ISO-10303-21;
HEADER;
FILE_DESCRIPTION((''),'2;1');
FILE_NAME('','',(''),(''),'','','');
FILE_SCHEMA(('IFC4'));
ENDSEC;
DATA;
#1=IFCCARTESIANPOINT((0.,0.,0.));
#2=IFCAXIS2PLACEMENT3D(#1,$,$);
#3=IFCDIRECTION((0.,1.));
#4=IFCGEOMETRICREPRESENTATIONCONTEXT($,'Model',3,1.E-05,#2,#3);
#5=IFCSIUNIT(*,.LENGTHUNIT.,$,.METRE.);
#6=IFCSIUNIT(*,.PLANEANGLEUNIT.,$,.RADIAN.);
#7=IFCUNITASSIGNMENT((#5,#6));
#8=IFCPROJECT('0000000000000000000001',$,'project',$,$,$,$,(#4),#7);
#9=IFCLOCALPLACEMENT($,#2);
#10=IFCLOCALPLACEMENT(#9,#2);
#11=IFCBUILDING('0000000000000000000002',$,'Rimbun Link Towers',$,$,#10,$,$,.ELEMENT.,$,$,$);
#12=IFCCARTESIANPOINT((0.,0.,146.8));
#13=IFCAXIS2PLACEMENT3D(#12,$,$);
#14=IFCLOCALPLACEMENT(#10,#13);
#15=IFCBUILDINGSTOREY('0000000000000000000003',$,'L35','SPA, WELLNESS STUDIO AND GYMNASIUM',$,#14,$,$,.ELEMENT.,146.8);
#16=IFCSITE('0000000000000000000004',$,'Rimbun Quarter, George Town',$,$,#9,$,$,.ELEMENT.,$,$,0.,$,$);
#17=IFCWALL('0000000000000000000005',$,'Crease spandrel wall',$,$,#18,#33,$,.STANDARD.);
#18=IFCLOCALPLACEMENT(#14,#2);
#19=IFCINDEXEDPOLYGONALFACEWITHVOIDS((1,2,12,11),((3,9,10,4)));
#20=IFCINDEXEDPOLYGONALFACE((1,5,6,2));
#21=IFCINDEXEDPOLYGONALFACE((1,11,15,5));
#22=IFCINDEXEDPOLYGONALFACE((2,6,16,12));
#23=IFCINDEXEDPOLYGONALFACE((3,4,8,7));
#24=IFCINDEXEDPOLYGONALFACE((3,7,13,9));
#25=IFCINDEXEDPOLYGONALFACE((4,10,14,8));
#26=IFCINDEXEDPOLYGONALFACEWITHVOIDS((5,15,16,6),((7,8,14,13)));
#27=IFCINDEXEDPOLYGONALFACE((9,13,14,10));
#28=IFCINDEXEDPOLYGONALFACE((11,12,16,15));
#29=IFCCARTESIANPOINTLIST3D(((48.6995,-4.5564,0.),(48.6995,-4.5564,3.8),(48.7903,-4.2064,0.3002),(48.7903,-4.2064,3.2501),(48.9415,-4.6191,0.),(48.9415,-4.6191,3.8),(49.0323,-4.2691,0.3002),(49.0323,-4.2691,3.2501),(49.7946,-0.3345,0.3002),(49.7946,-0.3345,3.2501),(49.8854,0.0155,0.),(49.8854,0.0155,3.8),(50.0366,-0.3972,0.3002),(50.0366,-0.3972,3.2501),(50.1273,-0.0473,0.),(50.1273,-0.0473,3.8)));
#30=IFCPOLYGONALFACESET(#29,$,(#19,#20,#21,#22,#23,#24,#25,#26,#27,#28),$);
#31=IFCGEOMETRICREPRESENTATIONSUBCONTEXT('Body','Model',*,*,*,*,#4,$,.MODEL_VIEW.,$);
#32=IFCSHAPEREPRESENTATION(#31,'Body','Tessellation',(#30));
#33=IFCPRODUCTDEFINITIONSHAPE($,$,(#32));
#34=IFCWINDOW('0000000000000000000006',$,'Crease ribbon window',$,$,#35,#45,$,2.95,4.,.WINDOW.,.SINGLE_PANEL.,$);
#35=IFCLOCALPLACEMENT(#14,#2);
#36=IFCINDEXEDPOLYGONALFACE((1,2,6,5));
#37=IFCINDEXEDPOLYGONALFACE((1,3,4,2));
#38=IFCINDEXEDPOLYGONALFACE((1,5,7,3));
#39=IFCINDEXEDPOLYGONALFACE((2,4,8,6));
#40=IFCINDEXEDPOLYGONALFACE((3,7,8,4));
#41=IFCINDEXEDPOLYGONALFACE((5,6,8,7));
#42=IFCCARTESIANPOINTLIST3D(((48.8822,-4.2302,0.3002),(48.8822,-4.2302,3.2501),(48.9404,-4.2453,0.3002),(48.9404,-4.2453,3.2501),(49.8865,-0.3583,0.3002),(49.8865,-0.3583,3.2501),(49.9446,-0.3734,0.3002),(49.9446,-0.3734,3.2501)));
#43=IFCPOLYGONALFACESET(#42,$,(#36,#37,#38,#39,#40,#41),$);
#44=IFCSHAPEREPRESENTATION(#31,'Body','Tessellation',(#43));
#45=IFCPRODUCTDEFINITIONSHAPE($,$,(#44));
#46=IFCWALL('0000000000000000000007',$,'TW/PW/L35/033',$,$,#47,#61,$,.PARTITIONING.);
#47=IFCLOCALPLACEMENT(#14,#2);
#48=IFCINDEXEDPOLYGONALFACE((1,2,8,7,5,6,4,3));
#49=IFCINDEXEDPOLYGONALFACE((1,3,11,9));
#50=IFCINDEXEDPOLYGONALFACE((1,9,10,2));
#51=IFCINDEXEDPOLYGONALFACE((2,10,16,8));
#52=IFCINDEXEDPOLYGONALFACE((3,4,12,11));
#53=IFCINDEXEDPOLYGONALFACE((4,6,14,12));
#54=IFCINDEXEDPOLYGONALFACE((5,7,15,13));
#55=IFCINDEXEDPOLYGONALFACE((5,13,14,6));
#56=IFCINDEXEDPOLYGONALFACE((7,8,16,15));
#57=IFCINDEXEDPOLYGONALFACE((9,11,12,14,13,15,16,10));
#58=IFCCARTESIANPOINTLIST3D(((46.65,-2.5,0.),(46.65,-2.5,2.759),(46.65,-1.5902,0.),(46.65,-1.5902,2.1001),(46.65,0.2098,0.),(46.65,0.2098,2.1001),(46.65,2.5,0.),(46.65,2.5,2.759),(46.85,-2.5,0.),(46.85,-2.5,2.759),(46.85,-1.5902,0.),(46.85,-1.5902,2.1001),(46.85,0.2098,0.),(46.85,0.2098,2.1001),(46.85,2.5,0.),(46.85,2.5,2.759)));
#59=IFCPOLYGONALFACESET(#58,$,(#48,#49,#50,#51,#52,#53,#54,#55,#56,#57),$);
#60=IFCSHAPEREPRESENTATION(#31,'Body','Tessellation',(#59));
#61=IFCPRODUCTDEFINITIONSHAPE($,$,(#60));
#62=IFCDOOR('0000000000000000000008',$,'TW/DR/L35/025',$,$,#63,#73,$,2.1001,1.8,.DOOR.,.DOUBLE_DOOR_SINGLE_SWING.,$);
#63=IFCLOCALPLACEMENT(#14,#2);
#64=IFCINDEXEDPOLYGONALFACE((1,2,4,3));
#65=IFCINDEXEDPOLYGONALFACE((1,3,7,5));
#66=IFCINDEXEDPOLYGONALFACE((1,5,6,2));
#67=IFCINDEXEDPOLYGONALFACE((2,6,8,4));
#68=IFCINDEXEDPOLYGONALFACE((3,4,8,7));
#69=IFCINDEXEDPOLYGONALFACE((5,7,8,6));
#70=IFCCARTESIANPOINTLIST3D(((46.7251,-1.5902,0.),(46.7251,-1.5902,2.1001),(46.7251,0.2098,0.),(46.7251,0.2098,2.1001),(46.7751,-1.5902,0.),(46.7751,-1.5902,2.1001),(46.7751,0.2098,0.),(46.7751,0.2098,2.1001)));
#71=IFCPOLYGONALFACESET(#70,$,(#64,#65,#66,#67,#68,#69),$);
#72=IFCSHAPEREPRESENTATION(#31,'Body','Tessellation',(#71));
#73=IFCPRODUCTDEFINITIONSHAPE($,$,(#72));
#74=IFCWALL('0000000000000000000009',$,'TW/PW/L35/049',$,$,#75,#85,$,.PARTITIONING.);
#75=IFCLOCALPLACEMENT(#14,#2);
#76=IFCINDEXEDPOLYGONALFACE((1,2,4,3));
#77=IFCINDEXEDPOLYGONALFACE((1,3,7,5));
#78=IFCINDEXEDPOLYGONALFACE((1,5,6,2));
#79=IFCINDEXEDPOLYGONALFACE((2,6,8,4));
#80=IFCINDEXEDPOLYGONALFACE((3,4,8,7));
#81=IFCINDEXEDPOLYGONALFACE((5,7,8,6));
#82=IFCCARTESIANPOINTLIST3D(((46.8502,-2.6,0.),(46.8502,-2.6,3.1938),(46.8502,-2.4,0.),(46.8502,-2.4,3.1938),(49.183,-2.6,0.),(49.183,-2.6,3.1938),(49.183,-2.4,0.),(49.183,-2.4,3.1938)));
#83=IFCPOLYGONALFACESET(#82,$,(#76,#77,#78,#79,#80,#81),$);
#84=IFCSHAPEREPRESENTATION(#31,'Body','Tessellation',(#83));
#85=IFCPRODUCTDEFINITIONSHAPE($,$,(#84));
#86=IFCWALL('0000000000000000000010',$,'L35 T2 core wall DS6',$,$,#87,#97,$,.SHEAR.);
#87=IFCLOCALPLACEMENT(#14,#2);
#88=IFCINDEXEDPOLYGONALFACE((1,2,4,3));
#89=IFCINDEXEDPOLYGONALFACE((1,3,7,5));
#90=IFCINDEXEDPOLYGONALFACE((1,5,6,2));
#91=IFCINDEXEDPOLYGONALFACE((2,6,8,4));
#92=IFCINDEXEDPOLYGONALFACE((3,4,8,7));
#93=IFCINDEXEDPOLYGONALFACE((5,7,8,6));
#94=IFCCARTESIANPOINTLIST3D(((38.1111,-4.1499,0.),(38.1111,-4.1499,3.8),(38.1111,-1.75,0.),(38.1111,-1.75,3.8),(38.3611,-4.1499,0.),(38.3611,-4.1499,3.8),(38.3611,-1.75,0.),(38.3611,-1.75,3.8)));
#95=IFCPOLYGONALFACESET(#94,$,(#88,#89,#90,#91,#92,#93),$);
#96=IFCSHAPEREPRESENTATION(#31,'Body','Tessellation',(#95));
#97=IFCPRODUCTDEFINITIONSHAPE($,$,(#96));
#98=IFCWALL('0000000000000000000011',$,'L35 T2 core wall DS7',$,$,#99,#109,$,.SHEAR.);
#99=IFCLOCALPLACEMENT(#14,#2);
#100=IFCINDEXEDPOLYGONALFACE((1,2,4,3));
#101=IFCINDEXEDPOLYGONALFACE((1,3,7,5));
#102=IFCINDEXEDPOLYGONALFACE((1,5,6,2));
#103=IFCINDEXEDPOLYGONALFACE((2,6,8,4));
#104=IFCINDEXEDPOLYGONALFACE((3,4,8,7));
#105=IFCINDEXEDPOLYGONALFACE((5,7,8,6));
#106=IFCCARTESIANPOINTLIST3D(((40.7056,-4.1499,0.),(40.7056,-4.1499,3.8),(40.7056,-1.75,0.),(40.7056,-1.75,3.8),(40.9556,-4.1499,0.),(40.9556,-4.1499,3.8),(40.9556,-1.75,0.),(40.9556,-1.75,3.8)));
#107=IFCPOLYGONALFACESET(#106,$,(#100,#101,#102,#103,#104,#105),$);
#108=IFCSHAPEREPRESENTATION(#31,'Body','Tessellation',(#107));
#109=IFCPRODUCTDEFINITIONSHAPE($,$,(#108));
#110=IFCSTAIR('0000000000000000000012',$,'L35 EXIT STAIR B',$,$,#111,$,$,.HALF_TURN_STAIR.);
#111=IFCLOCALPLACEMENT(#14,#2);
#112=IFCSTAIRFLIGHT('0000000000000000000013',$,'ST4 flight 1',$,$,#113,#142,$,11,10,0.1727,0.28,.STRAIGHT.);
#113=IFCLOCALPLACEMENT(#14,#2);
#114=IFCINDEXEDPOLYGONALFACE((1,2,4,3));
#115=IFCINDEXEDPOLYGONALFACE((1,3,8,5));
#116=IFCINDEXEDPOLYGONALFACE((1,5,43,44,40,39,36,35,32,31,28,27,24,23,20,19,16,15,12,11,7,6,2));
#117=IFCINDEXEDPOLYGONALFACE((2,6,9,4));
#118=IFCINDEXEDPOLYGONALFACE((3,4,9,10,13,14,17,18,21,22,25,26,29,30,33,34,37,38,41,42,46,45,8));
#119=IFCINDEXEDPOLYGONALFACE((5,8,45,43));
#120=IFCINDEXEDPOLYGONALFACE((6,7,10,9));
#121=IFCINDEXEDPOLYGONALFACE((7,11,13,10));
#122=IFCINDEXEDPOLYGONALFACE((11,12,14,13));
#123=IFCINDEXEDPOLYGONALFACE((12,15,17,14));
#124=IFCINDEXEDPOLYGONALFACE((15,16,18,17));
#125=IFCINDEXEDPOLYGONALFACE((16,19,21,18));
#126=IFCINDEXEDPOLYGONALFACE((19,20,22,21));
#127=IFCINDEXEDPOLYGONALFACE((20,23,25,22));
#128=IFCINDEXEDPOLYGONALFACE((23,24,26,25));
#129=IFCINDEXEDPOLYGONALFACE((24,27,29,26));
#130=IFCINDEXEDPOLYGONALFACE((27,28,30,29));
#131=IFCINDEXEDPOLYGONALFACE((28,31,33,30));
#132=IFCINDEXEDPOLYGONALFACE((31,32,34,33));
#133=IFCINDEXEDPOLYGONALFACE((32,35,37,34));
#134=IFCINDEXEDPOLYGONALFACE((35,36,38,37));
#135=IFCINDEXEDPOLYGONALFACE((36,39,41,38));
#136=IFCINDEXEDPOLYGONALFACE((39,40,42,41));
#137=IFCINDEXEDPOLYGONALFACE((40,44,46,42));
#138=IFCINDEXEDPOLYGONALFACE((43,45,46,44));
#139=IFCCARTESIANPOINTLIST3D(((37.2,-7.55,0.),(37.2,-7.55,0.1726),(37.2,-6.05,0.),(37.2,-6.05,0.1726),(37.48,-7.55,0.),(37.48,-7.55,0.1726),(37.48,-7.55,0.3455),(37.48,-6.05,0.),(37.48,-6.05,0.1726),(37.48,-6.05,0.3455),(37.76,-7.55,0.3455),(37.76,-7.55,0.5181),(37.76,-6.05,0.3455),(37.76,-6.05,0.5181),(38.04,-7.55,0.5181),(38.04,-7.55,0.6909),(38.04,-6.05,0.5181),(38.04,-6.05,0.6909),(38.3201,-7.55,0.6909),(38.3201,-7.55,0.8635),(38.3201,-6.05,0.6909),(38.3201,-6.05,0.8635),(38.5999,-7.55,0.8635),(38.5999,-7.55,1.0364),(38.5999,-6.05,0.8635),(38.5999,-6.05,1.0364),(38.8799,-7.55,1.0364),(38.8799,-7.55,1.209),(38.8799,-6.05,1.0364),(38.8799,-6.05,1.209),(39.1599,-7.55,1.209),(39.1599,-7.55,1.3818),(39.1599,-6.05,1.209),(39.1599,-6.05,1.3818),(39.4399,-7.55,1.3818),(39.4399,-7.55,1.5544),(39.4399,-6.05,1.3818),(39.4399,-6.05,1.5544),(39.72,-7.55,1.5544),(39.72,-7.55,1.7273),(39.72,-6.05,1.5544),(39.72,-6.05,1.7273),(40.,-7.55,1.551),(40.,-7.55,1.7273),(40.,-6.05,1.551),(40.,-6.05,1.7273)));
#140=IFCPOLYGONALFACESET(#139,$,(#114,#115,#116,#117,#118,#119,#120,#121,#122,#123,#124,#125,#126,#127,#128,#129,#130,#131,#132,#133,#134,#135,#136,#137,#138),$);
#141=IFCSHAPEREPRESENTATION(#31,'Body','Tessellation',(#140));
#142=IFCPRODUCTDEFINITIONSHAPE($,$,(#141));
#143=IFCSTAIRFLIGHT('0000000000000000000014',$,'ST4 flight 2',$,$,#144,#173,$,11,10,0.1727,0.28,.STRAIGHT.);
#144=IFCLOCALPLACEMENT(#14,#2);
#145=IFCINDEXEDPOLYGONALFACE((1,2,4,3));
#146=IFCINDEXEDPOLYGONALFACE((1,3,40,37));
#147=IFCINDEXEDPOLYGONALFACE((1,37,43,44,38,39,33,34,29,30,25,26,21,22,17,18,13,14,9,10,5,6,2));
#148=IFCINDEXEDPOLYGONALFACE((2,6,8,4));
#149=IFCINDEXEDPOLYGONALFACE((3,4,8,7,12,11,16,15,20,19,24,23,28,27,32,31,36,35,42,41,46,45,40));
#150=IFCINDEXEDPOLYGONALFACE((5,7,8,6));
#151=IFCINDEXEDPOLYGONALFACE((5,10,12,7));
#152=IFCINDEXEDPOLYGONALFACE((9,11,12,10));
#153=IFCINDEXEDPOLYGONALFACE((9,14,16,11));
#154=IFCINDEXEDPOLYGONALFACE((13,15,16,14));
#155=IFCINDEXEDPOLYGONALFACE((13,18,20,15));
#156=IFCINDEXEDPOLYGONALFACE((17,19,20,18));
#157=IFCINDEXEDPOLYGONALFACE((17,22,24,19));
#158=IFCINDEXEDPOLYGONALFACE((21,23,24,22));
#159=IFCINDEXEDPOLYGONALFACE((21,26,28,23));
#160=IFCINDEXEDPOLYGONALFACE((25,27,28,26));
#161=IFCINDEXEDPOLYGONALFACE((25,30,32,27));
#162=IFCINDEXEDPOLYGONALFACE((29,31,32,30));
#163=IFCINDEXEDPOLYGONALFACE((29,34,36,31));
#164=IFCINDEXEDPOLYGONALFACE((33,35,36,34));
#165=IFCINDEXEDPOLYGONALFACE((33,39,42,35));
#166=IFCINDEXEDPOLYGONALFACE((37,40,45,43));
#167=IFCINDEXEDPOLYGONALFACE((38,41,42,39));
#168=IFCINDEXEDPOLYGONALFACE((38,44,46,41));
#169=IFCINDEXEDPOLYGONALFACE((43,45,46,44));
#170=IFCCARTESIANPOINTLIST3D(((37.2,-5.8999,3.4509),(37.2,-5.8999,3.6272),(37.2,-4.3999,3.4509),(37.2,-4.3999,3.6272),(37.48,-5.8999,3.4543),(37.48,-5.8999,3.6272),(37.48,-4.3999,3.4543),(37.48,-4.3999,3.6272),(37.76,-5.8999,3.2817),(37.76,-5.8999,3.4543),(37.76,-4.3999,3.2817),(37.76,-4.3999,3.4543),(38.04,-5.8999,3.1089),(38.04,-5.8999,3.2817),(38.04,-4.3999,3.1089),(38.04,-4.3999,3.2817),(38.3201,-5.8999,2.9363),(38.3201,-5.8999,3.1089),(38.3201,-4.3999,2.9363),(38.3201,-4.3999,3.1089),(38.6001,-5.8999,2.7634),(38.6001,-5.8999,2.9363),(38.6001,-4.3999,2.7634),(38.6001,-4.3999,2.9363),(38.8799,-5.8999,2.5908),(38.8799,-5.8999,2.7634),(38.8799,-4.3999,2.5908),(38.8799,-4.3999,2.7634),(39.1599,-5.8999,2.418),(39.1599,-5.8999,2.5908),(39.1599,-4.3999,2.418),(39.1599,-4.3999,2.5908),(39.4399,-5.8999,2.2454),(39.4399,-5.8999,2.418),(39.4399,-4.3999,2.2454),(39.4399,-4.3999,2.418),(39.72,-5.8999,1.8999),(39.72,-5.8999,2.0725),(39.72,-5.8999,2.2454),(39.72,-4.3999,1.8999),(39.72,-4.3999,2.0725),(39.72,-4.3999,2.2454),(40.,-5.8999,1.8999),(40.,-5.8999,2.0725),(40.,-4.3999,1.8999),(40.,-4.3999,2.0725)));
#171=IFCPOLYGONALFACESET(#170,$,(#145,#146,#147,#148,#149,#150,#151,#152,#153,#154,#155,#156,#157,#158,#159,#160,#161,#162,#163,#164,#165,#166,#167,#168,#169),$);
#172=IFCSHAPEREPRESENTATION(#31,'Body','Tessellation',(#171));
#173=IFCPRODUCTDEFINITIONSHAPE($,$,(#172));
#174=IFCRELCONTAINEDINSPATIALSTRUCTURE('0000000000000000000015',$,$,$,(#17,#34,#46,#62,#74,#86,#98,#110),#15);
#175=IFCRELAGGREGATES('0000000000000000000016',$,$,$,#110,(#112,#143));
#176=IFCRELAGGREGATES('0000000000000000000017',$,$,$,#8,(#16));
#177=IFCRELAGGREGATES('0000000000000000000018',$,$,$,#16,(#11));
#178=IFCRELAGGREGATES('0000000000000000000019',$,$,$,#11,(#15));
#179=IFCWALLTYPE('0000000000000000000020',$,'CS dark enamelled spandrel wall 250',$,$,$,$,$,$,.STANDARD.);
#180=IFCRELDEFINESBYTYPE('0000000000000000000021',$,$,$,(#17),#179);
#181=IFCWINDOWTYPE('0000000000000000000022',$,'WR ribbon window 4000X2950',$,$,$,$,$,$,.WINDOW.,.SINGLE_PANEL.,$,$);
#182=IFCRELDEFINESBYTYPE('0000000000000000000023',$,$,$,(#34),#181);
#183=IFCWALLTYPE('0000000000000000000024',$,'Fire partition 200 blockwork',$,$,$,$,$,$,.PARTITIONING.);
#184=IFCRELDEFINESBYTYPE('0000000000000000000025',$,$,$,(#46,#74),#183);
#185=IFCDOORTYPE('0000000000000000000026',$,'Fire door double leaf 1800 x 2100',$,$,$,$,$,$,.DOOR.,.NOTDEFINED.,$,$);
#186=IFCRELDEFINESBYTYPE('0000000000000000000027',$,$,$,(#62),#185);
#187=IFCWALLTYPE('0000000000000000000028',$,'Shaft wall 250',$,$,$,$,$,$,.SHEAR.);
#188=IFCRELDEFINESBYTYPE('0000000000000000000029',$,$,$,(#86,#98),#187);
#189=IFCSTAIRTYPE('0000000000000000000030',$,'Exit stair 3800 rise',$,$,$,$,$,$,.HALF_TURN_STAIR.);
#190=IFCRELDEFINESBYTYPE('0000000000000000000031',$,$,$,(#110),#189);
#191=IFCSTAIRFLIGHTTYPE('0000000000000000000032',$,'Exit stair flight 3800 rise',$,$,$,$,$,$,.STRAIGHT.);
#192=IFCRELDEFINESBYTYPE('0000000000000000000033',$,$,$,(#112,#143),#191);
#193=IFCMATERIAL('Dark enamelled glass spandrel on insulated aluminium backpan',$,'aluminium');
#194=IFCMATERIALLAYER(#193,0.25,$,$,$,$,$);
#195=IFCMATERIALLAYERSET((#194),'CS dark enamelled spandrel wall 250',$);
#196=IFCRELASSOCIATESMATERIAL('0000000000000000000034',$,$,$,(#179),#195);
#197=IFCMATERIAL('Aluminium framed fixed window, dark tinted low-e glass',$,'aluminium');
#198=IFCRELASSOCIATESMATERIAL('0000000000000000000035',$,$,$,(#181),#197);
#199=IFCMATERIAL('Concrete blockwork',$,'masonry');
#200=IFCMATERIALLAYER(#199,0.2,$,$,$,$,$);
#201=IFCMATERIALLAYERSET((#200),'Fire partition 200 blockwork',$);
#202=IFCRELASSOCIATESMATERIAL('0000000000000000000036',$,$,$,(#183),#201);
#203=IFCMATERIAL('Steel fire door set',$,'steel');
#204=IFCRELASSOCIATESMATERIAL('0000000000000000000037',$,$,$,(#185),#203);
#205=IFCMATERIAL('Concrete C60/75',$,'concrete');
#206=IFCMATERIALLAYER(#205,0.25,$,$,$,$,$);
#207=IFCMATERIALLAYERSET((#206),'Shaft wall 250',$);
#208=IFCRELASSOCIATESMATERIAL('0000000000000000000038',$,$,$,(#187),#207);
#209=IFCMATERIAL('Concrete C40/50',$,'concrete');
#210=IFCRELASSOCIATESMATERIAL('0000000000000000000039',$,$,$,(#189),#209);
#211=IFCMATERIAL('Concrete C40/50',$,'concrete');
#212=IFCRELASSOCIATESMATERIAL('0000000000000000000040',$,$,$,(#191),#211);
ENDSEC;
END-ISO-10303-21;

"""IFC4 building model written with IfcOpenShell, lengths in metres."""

from ifc_helpers import new_model, si_unit, direction, frame, frame_2d, origin, place, context, subcontext, project, spatial, polyline, rectangle, outline, extrude, material, layer, layer_set, type_object, element, fill, aggregate, save


model = new_model("IFC4")

# Units and contexts
model_context = context("Model", 3, precision=1e-05, world=origin(), true_north=direction((0.0, 1.0)))
body_context = subcontext(model_context, "Body", "Model", "MODEL_VIEW")
ifc_project = project(units=[si_unit("LENGTHUNIT", "METRE"), si_unit("PLANEANGLEUNIT", "RADIAN")], contexts=[model_context])

# Site, building, storey
site_placement = place(None, origin())
site = spatial("IfcSite", under=ifc_project, at=site_placement, Name="Rimbun Quarter, George Town", CompositionType="ELEMENT", RefElevation=0.0)
building_placement = place(site_placement, origin())
building = spatial("IfcBuilding", under=site, at=building_placement, Name="Rimbun Link Towers", CompositionType="ELEMENT")
storey_placement = place(building_placement, frame((0.0, 0.0, 146.8)))
storey = spatial("IfcBuildingStorey", under=building, at=storey_placement, Name="L35", Description="SPA, WELLNESS STUDIO AND GYMNASIUM", CompositionType="ELEMENT", Elevation=146.8)

# Wall, opening, window
ifc_material_1 = material(Name="Dark enamelled glass spandrel on insulated aluminium backpan", Category="aluminium")
ifc_layer_1 = layer(ifc_material_1, 0.25)
ifc_layer_set_1 = layer_set([ifc_layer_1], Name="CS dark enamelled spandrel wall 250")
wall_type_1 = type_object("IfcWallType", Name="CS dark enamelled spandrel wall 250", PredefinedType="STANDARD", material=ifc_layer_set_1)
wall_1_placement = place(storey_placement, frame((50.0063, -0.0159, 0.0), z_axis=(0.0, 0.0, 1.0), x_axis=(-0.251064, -0.96797, 0.0)))
wall_1 = element("IfcWall", 1, at=wall_1_placement, inside=storey, type_object=wall_type_1, Name="Crease spandrel wall", PredefinedType="STANDARD", context=body_context, shape_type="SweptSolid", body=[
    extrude(rectangle(XDim=4.7231, YDim=0.25, at=frame_2d((2.3616, 0.0))), origin(), (0.0, 0.0, 1.0), 3.8),
])
opening_1_placement = place(wall_1_placement, frame((0.3616, 0.0, 0.3)))
opening_1 = element("IfcOpeningElement", 2, at=opening_1_placement, cuts=wall_1, PredefinedType="OPENING", context=body_context, shape_type="SweptSolid", body=[
    extrude(rectangle(XDim=4.0, YDim=2.95, at=frame_2d((2.0, 1.4751))), frame((0.0, 0.135, 0.0), z_axis=(0.0, -1.0, 0.0), x_axis=(1.0, 0.0, 0.0)), (0.0, 0.0, 1.0), 0.27),
])
ifc_material_2 = material(Name="Aluminium framed fixed window, dark tinted low-e glass", Category="aluminium")
window_type_1 = type_object("IfcWindowType", Name="WR ribbon window 4000X2950", PartitioningType="SINGLE_PANEL", PredefinedType="WINDOW", material=ifc_material_2)
window_1_placement = place(opening_1_placement, origin())
window_1 = element("IfcWindow", 3, at=window_1_placement, inside=storey, type_object=window_type_1, Name="Crease ribbon window", OverallHeight=2.95, OverallWidth=4.0, PartitioningType="SINGLE_PANEL", PredefinedType="WINDOW", context=body_context, shape_type="SweptSolid", body=[
    extrude(rectangle(XDim=4.0, YDim=2.95, at=frame_2d((2.0, 1.4751))), frame((0.0, 0.03, 0.0), z_axis=(0.0, -1.0, 0.0), x_axis=(1.0, 0.0, 0.0)), (0.0, 0.0, 1.0), 0.0601),
])
fill(opening_1, window_1)

# Wall, opening, door
ifc_material_3 = material(Name="Concrete blockwork", Category="masonry")
ifc_layer_2 = layer(ifc_material_3, 0.2)
ifc_layer_set_2 = layer_set([ifc_layer_2], Name="Fire partition 200 blockwork")
wall_type_2 = type_object("IfcWallType", Name="Fire partition 200 blockwork", PredefinedType="PARTITIONING", material=ifc_layer_set_2)
wall_2_placement = place(storey_placement, frame((46.75, -2.5, 0.0), z_axis=(0.0, 0.0, 1.0), x_axis=(0.0, 1.0, 0.0)))
wall_2 = element("IfcWall", 4, at=wall_2_placement, inside=storey, type_object=wall_type_2, Name="TW/PW/L35/033", PredefinedType="PARTITIONING", context=body_context, shape_type="SweptSolid", body=[
    extrude(rectangle(XDim=5.0, YDim=0.2, at=frame_2d((2.5, 0.0))), origin(), (0.0, 0.0, 1.0), 2.759),
])
opening_2_placement = place(wall_2_placement, frame((0.9099, 0.0, 0.0)))
opening_2 = element("IfcOpeningElement", 5, at=opening_2_placement, cuts=wall_2, PredefinedType="OPENING", context=body_context, shape_type="SweptSolid", body=[
    extrude(rectangle(XDim=1.8, YDim=2.1001, at=frame_2d((0.8999, 1.05))), frame((0.0, 0.1099, 0.0), z_axis=(0.0, -1.0, 0.0), x_axis=(1.0, 0.0, 0.0)), (0.0, 0.0, 1.0), 0.22),
])
ifc_material_4 = material(Name="Steel fire door set", Category="steel")
door_type = type_object("IfcDoorType", Name="Fire door double leaf 1800 x 2100", OperationType="NOTDEFINED", PredefinedType="DOOR", material=ifc_material_4)
door_placement = place(opening_2_placement, origin())
door = element("IfcDoor", 6, at=door_placement, inside=storey, type_object=door_type, Name="TW/DR/L35/025", OperationType="DOUBLE_DOOR_SINGLE_SWING", OverallHeight=2.1001, OverallWidth=1.8, PredefinedType="DOOR", context=body_context, shape_type="SweptSolid", body=[
    extrude(rectangle(XDim=1.8, YDim=2.1001, at=frame_2d((0.8999, 1.05))), frame((0.0, 0.0249, 0.0), z_axis=(0.0, -1.0, 0.0), x_axis=(1.0, 0.0, 0.0)), (0.0, 0.0, 1.0), 0.05),
])
fill(opening_2, door)

# Walls
wall_3_placement = place(storey_placement, frame((46.8501, -2.5, 0.0), z_axis=(0.0, 0.0, 1.0), x_axis=(1.0, 0.0, 0.0)))
element("IfcWall", 7, at=wall_3_placement, inside=storey, type_object=wall_type_2, Name="TW/PW/L35/049", PredefinedType="PARTITIONING", context=body_context, shape_type="SweptSolid", body=[
    extrude(rectangle(XDim=2.3328, YDim=0.2, at=frame_2d((1.1665, 0.0))), origin(), (0.0, 0.0, 1.0), 3.1938),
])
ifc_material_5 = material(Name="Concrete C60/75", Category="concrete")
ifc_layer_3 = layer(ifc_material_5, 0.25)
ifc_layer_set_3 = layer_set([ifc_layer_3], Name="Shaft wall 250")
wall_type_3 = type_object("IfcWallType", Name="Shaft wall 250", PredefinedType="SHEAR", material=ifc_layer_set_3)
for number, where, z_axis, x_axis, name in (
    (8, (38.2361, -4.1499, 0.0), (0.0, 0.0, 1.0), (0.0, 1.0, 0.0), "L35 T2 core wall DS6"),
    (9, (40.8306, -4.1499, 0.0), (0.0, 0.0, 1.0), (0.0, 1.0, 0.0), "L35 T2 core wall DS7"),
):
    element("IfcWall", number, at=place(storey_placement, frame(where, z_axis=z_axis, x_axis=x_axis)), inside=storey, type_object=wall_type_3, Name=name, PredefinedType="SHEAR", context=body_context, shape_type="SweptSolid", body=[
        extrude(rectangle(XDim=2.3999, YDim=0.25, at=frame_2d((1.2, 0.0))), origin(), (0.0, 0.0, 1.0), 3.8),
    ])

# Stair, stair flights
ifc_material_6 = material(Name="Concrete C40/50", Category="concrete")
stair_type = type_object("IfcStairType", Name="Exit stair 3800 rise", PredefinedType="HALF_TURN_STAIR", material=ifc_material_6)
stair_placement = place(storey_placement, origin())
stair = element("IfcStair", 10, at=stair_placement, inside=storey, type_object=stair_type, Name="L35 EXIT STAIR B", PredefinedType="HALF_TURN_STAIR")
ifc_material_7 = material(Name="Concrete C40/50", Category="concrete")
stair_flight_type = type_object("IfcStairFlightType", Name="Exit stair flight 3800 rise", PredefinedType="STRAIGHT", material=ifc_material_7)
stair_flight_1_placement = place(storey_placement, frame((37.2, -6.8, 0.0), z_axis=(0.0, 0.0, 1.0), x_axis=(1.0, 0.0, 0.0)))
stair_flight_1 = element("IfcStairFlight", 11, at=stair_flight_1_placement, type_object=stair_flight_type, Name="ST4 flight 1", NumberOfRisers=11, NumberOfTreads=10, PredefinedType="STRAIGHT", RiserHeight=0.1727, TreadLength=0.28, context=body_context, shape_type="SweptSolid", body=[
    extrude(outline(polyline([(0.0, 0.0), (0.0, 0.1726), (0.28, 0.1726), (0.28, 0.3455), (0.5601, 0.3455), (0.5601, 0.5181), (0.8401, 0.5181), (0.8401, 0.6909), (1.1201, 0.6909), (1.1201, 0.8635), (1.3999, 0.8635), (1.3999, 1.0364), (1.6799, 1.0364), (1.6799, 1.209), (1.96, 1.209), (1.96, 1.3818), (2.24, 1.3818), (2.24, 1.5544), (2.52, 1.5544), (2.52, 1.7273), (2.8, 1.7273), (2.8, 1.8999), (2.8, 1.551), (0.28, 0.0), (0.0, 0.0)])), frame((0.0, 0.75, 0.0), z_axis=(0.0, -1.0, 0.0), x_axis=(1.0, 0.0, 0.0)), (0.0, 0.0, 1.0), 1.5),
])
stair_flight_2_placement = place(storey_placement, frame((40.0, -5.1499, 1.8999), z_axis=(0.0, 0.0, 1.0), x_axis=(-1.0, 0.0, 0.0)))
stair_flight_2 = element("IfcStairFlight", 12, at=stair_flight_2_placement, type_object=stair_flight_type, Name="ST4 flight 2", NumberOfRisers=11, NumberOfTreads=10, PredefinedType="STRAIGHT", RiserHeight=0.1727, TreadLength=0.28, context=body_context, shape_type="SweptSolid", body=[
    extrude(outline(polyline([(0.0, 0.0), (0.0, 0.1726), (0.28, 0.1726), (0.28, 0.3455), (0.5601, 0.3455), (0.5601, 0.5181), (0.8401, 0.5181), (0.8401, 0.6909), (1.1201, 0.6909), (1.1201, 0.8635), (1.3999, 0.8635), (1.3999, 1.0364), (1.6799, 1.0364), (1.6799, 1.209), (1.96, 1.209), (1.96, 1.3818), (2.24, 1.3818), (2.24, 1.5544), (2.52, 1.5544), (2.52, 1.7273), (2.8, 1.7273), (2.8, 1.8999), (2.8, 1.551), (0.28, 0.0), (0.0, 0.0)])), frame((0.0, 0.75, 0.0), z_axis=(0.0, -1.0, 0.0), x_axis=(1.0, 0.0, 0.0)), (0.0, 0.0, 1.0), 1.5),
])
aggregate(stair, [stair_flight_1, stair_flight_2])

save(model, "model.ifc")
